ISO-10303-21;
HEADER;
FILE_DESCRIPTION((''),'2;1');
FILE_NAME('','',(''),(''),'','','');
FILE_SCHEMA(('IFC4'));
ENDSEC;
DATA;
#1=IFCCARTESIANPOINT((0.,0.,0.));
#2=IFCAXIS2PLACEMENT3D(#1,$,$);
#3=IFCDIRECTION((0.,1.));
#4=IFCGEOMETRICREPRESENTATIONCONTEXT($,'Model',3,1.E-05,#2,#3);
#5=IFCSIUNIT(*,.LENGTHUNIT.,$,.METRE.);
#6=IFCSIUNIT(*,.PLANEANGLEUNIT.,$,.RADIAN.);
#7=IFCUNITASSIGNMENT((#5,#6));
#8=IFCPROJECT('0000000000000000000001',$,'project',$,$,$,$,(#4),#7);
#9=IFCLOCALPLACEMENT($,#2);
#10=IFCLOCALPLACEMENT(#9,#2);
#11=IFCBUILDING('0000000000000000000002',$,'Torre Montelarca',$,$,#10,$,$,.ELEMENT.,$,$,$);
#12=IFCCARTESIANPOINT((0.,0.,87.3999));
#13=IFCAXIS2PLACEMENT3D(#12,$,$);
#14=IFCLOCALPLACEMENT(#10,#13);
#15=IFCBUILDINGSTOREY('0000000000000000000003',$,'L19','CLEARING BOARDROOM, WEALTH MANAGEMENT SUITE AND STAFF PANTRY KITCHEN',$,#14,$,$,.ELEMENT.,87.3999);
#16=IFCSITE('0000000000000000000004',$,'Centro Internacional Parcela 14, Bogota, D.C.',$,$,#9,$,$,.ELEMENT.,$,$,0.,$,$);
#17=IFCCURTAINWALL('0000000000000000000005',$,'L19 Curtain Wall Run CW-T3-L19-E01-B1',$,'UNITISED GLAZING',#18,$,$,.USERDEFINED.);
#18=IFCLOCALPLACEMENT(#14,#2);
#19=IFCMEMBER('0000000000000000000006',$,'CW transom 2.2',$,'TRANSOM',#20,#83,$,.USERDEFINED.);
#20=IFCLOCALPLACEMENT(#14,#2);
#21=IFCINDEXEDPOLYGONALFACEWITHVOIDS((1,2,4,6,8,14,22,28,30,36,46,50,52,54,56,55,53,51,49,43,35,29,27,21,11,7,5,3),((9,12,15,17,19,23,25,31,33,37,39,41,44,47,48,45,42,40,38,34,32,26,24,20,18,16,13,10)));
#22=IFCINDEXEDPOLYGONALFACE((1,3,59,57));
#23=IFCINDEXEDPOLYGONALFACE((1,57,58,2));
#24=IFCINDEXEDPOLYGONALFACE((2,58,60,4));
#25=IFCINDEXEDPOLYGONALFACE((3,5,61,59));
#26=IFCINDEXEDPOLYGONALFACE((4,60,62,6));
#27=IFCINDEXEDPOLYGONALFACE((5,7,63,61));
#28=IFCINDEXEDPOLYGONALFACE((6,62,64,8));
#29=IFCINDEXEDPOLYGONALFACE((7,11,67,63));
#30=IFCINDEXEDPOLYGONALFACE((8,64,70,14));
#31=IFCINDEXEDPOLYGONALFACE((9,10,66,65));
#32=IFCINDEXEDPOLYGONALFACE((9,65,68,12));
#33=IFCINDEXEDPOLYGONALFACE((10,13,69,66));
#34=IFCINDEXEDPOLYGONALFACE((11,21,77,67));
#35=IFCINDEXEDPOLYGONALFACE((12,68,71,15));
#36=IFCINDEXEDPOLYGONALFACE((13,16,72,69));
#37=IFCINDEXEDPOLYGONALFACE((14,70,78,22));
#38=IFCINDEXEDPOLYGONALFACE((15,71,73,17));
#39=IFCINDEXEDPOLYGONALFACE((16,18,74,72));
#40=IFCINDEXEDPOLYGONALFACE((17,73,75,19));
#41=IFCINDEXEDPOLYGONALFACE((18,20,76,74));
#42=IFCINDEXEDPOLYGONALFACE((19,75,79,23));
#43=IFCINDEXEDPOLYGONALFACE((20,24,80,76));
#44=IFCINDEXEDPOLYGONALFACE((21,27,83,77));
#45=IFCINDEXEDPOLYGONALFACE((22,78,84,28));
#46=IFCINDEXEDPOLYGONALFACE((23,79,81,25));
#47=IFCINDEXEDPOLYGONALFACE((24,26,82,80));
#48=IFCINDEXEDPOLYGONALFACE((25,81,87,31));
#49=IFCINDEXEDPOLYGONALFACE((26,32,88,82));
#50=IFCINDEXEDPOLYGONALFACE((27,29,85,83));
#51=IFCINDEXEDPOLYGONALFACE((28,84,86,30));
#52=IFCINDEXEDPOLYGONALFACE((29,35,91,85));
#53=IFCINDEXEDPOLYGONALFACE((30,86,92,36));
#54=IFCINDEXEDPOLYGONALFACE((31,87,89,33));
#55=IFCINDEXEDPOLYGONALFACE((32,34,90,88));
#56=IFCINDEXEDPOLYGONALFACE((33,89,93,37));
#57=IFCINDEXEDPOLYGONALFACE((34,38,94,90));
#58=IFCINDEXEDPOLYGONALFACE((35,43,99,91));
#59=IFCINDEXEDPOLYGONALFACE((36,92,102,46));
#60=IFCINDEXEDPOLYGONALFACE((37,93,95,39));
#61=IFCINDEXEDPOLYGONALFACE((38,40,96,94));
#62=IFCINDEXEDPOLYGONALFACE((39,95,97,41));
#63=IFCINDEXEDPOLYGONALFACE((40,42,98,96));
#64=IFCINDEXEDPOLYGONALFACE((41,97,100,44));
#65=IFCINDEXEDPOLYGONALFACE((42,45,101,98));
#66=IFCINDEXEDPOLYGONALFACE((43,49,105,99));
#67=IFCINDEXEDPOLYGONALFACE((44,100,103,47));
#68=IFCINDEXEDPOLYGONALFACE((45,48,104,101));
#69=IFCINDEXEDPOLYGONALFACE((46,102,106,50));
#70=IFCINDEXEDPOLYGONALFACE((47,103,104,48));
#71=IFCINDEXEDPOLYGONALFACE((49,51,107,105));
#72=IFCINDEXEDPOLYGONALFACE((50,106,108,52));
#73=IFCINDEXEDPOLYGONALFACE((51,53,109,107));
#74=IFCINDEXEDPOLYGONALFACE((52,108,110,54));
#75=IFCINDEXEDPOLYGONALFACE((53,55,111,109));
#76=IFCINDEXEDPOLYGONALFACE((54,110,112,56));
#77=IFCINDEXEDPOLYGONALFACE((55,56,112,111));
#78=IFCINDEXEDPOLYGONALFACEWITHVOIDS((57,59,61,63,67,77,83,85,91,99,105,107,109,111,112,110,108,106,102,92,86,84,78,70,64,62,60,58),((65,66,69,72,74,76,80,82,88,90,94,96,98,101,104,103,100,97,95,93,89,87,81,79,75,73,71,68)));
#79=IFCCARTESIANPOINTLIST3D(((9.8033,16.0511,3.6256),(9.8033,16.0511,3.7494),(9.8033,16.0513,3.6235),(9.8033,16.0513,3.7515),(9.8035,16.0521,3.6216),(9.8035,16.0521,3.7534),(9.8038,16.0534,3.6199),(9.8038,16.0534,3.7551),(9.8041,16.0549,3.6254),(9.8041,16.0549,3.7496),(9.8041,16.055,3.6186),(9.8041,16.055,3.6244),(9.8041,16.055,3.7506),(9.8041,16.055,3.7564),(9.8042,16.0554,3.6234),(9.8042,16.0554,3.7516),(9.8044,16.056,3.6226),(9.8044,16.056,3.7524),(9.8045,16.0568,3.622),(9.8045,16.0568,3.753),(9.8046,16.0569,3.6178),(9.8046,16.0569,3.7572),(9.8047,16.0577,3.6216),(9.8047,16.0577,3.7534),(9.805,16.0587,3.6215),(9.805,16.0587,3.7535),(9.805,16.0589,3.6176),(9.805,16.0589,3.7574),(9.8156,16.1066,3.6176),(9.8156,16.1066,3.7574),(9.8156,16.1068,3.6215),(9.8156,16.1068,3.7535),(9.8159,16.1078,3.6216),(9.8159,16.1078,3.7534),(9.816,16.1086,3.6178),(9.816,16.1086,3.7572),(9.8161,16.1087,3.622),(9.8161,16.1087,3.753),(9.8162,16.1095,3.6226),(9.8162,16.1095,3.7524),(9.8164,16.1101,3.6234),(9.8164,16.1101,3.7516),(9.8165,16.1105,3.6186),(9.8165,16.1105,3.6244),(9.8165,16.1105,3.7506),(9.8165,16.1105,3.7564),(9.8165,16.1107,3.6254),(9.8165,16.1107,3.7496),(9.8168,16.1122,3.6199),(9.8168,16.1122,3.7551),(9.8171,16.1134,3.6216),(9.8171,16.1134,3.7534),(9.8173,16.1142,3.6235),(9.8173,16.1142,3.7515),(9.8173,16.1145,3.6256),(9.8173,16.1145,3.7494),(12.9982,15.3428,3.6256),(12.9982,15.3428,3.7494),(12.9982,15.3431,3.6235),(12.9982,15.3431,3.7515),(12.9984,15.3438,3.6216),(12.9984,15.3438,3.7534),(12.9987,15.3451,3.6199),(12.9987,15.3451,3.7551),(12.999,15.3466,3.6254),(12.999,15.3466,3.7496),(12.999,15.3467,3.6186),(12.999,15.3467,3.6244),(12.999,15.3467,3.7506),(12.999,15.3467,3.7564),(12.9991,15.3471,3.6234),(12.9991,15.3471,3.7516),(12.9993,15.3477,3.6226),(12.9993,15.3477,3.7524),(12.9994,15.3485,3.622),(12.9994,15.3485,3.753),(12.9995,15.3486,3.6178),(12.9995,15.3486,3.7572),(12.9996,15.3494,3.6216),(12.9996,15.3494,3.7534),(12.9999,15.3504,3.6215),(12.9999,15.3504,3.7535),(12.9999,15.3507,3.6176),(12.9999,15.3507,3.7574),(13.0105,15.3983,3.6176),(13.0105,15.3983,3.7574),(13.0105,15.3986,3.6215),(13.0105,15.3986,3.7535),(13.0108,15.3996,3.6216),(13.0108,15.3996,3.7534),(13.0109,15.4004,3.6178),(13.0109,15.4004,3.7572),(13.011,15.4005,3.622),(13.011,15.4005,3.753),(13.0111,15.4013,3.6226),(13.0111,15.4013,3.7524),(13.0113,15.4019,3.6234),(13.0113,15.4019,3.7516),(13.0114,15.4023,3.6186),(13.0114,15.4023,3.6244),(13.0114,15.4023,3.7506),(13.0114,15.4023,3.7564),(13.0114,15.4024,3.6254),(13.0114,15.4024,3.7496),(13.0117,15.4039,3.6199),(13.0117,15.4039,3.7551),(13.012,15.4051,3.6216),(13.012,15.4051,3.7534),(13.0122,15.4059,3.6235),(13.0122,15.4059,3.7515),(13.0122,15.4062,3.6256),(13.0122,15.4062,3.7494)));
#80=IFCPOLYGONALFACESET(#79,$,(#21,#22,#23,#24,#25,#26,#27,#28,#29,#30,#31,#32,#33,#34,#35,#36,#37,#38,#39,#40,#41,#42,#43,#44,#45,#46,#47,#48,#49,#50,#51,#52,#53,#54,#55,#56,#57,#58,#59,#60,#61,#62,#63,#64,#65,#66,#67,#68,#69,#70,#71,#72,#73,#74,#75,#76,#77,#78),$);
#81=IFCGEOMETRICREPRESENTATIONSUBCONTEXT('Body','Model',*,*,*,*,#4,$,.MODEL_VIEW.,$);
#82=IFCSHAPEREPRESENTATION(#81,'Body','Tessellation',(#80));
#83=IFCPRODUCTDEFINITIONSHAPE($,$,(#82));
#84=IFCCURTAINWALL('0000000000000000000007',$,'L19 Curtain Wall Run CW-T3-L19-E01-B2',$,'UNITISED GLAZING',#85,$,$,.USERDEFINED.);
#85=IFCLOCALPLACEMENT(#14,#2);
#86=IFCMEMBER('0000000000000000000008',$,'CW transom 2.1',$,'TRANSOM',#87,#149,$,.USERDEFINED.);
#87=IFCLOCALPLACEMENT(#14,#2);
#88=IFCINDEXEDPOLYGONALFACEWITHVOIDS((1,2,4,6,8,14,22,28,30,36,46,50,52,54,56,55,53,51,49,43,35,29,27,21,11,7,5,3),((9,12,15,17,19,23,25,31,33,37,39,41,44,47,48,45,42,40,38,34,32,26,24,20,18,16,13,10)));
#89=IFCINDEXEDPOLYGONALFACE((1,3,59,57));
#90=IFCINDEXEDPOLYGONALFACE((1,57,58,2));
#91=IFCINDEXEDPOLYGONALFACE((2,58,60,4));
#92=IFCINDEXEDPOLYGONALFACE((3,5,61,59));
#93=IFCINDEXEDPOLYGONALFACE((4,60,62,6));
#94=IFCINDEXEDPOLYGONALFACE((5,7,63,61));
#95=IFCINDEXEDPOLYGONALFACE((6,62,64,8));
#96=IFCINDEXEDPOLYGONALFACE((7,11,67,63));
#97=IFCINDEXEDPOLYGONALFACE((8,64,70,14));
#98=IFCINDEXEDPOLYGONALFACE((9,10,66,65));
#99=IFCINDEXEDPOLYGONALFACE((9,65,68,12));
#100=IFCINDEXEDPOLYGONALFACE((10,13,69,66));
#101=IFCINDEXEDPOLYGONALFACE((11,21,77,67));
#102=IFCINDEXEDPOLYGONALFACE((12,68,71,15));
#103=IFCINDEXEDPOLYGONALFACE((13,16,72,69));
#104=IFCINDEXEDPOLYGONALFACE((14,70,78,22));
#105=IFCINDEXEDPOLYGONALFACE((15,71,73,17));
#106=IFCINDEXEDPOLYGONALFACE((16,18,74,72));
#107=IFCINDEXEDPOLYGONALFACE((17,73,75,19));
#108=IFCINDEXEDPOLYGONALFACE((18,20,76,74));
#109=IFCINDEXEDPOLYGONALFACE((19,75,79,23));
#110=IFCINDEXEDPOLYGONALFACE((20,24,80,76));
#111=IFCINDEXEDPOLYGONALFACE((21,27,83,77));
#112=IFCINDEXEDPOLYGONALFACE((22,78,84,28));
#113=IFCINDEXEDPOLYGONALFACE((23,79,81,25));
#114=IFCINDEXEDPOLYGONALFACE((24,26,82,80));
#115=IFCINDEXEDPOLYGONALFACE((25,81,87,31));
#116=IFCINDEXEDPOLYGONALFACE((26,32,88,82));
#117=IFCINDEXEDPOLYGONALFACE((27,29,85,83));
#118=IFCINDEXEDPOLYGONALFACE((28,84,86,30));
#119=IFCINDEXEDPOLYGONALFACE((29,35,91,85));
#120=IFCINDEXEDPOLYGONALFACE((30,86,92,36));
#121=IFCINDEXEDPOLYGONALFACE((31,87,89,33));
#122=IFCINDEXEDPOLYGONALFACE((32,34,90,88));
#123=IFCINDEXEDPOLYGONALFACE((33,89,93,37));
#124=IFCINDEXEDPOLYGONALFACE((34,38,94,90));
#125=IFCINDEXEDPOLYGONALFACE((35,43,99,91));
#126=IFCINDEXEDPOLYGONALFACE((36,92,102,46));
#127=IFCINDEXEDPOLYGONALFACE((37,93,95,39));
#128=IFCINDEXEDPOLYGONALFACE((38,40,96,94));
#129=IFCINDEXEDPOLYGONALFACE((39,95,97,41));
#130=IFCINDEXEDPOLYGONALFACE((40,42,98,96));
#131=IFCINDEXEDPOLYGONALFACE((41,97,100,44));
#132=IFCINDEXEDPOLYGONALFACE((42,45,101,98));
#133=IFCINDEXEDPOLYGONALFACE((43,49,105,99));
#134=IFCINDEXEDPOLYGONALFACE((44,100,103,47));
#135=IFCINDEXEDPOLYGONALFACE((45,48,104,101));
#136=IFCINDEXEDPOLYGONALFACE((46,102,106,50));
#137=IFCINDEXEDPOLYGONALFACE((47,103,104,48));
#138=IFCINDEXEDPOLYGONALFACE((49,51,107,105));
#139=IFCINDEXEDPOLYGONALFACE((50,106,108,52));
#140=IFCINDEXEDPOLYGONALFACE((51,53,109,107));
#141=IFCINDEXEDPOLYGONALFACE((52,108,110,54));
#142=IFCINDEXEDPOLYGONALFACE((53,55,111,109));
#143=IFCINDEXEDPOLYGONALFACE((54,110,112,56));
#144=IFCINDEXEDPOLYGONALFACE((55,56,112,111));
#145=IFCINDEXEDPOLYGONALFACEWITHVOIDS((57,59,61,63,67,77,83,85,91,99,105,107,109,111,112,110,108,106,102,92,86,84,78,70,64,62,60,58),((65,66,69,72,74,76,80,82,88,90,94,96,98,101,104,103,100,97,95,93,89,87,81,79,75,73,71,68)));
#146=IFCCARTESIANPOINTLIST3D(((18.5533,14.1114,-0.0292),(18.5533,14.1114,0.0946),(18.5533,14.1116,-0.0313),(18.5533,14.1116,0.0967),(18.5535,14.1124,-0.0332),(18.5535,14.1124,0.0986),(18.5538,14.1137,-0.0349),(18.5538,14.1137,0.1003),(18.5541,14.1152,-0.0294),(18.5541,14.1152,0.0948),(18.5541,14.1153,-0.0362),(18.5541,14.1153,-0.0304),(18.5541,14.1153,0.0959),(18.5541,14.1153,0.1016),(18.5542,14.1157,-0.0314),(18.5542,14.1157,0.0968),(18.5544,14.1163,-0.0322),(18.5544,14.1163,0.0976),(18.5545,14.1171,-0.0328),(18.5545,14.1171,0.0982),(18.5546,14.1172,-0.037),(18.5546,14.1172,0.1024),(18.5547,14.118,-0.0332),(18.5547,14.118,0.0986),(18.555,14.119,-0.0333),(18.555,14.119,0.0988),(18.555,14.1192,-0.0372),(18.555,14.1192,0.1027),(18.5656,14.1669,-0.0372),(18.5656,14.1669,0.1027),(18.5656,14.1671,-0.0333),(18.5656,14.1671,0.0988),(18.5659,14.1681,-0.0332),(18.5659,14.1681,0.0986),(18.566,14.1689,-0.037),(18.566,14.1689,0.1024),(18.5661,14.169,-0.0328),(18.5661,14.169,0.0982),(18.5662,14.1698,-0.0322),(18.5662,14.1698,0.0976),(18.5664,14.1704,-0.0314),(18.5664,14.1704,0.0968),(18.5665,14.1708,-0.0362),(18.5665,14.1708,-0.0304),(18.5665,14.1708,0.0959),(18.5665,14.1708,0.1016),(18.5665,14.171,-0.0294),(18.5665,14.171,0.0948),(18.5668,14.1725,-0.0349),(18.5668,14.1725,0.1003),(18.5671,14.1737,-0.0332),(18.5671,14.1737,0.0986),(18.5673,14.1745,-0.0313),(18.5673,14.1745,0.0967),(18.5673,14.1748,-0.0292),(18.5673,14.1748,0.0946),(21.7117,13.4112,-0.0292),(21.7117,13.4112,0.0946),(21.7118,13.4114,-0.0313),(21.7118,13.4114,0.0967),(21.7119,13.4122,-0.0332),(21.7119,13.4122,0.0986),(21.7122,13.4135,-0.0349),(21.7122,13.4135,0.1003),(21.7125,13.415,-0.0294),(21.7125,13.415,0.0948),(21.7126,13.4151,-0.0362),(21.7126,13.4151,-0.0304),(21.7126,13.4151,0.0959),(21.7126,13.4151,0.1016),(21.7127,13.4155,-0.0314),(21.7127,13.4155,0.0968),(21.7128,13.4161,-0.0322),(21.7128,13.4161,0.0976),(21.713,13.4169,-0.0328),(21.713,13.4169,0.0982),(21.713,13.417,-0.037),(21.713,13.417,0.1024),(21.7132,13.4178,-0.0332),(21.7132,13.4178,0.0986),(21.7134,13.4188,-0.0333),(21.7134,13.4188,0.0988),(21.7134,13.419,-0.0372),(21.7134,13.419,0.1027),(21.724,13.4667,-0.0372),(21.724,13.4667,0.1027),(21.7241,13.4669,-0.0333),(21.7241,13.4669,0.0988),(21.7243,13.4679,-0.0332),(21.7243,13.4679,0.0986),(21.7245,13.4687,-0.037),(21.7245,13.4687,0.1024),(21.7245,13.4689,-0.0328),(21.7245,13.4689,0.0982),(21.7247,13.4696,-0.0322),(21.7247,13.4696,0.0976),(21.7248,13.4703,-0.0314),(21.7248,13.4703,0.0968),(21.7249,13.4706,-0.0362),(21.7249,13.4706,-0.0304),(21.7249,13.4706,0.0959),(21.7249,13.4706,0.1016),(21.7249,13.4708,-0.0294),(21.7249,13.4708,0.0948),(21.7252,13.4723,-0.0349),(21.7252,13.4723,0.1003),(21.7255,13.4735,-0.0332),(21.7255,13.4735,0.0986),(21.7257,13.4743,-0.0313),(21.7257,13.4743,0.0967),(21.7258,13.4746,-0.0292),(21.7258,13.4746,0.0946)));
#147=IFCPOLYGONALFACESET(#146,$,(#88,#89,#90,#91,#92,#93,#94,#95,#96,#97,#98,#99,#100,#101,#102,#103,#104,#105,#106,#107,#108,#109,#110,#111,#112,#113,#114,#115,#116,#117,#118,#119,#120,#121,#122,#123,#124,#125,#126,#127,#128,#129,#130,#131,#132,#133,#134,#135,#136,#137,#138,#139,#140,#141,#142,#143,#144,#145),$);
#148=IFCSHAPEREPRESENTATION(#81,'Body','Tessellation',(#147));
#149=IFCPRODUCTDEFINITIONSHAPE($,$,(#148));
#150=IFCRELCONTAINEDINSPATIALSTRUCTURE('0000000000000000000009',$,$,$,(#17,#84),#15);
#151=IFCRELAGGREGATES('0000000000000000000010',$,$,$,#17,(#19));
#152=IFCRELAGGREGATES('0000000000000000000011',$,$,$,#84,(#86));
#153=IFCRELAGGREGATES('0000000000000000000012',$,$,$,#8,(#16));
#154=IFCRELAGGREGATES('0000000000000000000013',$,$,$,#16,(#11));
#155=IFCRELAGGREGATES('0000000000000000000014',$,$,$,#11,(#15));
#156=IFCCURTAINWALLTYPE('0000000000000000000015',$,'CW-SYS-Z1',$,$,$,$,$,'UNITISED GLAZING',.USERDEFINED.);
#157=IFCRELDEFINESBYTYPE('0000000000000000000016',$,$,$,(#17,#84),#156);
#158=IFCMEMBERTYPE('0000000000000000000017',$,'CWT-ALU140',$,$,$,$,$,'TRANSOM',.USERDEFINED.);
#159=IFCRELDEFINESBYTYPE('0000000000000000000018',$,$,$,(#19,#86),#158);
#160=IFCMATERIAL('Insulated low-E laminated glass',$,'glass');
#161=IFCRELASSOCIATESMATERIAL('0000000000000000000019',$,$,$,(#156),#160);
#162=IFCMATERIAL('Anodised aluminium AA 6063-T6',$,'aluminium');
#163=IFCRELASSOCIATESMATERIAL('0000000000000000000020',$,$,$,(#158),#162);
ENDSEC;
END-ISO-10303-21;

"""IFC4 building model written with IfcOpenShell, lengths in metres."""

from ifc_helpers import new_model, si_unit, direction, frame, origin, origin_2d, place, context, subcontext, project, spatial, hollow_rectangle, extrude, source, transform, mapped, material, material_profile, profile_set, type_object, element, aggregate, save


model = new_model("IFC4")

# Units and contexts
model_context = context("Model", 3, precision=1e-05, world=origin(), true_north=direction((0.0, 1.0)))
body_context = subcontext(model_context, "Body", "Model", "MODEL_VIEW")
ifc_project = project(units=[si_unit("LENGTHUNIT", "METRE"), si_unit("PLANEANGLEUNIT", "RADIAN")], contexts=[model_context])

# Site, building, storey
site_placement = place(None, origin())
site = spatial("IfcSite", under=ifc_project, at=site_placement, Name="Centro Internacional Parcela 14, Bogota, D.C.", CompositionType="ELEMENT", RefElevation=0.0)
building_placement = place(site_placement, origin())
building = spatial("IfcBuilding", under=site, at=building_placement, Name="Torre Montelarca", CompositionType="ELEMENT")
storey_placement = place(building_placement, frame((0.0, 0.0, 87.3999)))
storey = spatial("IfcBuildingStorey", under=building, at=storey_placement, Name="L19", Description="CLEARING BOARDROOM, WEALTH MANAGEMENT SUITE AND STAFF PANTRY KITCHEN", CompositionType="ELEMENT", Elevation=87.3999)

# Curtain walls, members
ifc_material_1 = material(Name="Insulated low-E laminated glass", Category="glass")
curtain_wall_type = type_object("IfcCurtainWallType", Name="CW-SYS-Z1", ElementType="UNITISED GLAZING", PredefinedType="USERDEFINED", material=ifc_material_1)
curtain_wall_1_placement = place(storey_placement, origin())
curtain_wall_1 = element("IfcCurtainWall", 1, at=curtain_wall_1_placement, inside=storey, type_object=curtain_wall_type, Name="L19 Curtain Wall Run CW-T3-L19-E01-B1", ObjectType="UNITISED GLAZING", PredefinedType="USERDEFINED")
ifc_material_2 = material(Name="Anodised aluminium AA 6063-T6", Category="aluminium")
ifc_material_profile_1 = material_profile(ifc_material_2, hollow_rectangle(XDim=0.0649, YDim=0.1399, WallThickness=0.0039, InnerFilletRadius=0.0039, OuterFilletRadius=0.0081, at=origin_2d()), Name="ALU65X140X4", Category="aluminium")
ifc_profile_set_1 = profile_set([ifc_material_profile_1], Name="Anodised aluminium AA 6063-T6")
member_type_1 = type_object("IfcMemberType", Name="CWT-ALU140", ElementType="TRANSOM", PredefinedType="USERDEFINED", material=ifc_profile_set_1)
shared_shape_1 = source(origin(), body_context, "Body", "SweptSolid", [
    extrude(hollow_rectangle(XDim=0.0649, YDim=0.1399, WallThickness=0.0039, InnerFilletRadius=0.0039, OuterFilletRadius=0.0081, at=origin_2d()), origin(), (0.0, 0.0, 1.0), 3.2725),
])
member_1_placement = place(storey_placement, frame((9.8103, 16.0828, 3.6875), z_axis=(0.976298, -0.216433, 0.0), x_axis=(0.216433, 0.976298, 0.0)))
member_1 = element("IfcMember", 2, at=member_1_placement, type_object=member_type_1, Name="CW transom 2.2", ObjectType="TRANSOM", PredefinedType="USERDEFINED", context=body_context, shape_type="MappedRepresentation", body=[
    mapped(shared_shape_1, transform((0.0, 0.0, 0.0), scale=1.0)),
])
curtain_wall_2_placement = place(storey_placement, origin())
curtain_wall_2 = element("IfcCurtainWall", 3, at=curtain_wall_2_placement, inside=storey, type_object=curtain_wall_type, Name="L19 Curtain Wall Run CW-T3-L19-E01-B2", ObjectType="UNITISED GLAZING", PredefinedType="USERDEFINED")
shared_shape_2 = source(origin(), body_context, "Body", "SweptSolid", [
    extrude(hollow_rectangle(XDim=0.0649, YDim=0.1399, WallThickness=0.0039, InnerFilletRadius=0.0039, OuterFilletRadius=0.0081, at=origin_2d()), origin(), (0.0, 0.0, 1.0), 3.2351),
])
member_2_placement = place(storey_placement, frame((18.5603, 14.1431, 0.0327), z_axis=(0.976297, -0.216435, 0.0), x_axis=(0.216435, 0.976297, 0.0)))
member_2 = element("IfcMember", 4, at=member_2_placement, type_object=member_type_1, Name="CW transom 2.1", ObjectType="TRANSOM", PredefinedType="USERDEFINED", context=body_context, shape_type="MappedRepresentation", body=[
    mapped(shared_shape_2, transform((0.0, 0.0, 0.0), scale=1.0)),
])

aggregate(curtain_wall_1, [member_1])
aggregate(curtain_wall_2, [member_2])

save(model, "model.ifc")
